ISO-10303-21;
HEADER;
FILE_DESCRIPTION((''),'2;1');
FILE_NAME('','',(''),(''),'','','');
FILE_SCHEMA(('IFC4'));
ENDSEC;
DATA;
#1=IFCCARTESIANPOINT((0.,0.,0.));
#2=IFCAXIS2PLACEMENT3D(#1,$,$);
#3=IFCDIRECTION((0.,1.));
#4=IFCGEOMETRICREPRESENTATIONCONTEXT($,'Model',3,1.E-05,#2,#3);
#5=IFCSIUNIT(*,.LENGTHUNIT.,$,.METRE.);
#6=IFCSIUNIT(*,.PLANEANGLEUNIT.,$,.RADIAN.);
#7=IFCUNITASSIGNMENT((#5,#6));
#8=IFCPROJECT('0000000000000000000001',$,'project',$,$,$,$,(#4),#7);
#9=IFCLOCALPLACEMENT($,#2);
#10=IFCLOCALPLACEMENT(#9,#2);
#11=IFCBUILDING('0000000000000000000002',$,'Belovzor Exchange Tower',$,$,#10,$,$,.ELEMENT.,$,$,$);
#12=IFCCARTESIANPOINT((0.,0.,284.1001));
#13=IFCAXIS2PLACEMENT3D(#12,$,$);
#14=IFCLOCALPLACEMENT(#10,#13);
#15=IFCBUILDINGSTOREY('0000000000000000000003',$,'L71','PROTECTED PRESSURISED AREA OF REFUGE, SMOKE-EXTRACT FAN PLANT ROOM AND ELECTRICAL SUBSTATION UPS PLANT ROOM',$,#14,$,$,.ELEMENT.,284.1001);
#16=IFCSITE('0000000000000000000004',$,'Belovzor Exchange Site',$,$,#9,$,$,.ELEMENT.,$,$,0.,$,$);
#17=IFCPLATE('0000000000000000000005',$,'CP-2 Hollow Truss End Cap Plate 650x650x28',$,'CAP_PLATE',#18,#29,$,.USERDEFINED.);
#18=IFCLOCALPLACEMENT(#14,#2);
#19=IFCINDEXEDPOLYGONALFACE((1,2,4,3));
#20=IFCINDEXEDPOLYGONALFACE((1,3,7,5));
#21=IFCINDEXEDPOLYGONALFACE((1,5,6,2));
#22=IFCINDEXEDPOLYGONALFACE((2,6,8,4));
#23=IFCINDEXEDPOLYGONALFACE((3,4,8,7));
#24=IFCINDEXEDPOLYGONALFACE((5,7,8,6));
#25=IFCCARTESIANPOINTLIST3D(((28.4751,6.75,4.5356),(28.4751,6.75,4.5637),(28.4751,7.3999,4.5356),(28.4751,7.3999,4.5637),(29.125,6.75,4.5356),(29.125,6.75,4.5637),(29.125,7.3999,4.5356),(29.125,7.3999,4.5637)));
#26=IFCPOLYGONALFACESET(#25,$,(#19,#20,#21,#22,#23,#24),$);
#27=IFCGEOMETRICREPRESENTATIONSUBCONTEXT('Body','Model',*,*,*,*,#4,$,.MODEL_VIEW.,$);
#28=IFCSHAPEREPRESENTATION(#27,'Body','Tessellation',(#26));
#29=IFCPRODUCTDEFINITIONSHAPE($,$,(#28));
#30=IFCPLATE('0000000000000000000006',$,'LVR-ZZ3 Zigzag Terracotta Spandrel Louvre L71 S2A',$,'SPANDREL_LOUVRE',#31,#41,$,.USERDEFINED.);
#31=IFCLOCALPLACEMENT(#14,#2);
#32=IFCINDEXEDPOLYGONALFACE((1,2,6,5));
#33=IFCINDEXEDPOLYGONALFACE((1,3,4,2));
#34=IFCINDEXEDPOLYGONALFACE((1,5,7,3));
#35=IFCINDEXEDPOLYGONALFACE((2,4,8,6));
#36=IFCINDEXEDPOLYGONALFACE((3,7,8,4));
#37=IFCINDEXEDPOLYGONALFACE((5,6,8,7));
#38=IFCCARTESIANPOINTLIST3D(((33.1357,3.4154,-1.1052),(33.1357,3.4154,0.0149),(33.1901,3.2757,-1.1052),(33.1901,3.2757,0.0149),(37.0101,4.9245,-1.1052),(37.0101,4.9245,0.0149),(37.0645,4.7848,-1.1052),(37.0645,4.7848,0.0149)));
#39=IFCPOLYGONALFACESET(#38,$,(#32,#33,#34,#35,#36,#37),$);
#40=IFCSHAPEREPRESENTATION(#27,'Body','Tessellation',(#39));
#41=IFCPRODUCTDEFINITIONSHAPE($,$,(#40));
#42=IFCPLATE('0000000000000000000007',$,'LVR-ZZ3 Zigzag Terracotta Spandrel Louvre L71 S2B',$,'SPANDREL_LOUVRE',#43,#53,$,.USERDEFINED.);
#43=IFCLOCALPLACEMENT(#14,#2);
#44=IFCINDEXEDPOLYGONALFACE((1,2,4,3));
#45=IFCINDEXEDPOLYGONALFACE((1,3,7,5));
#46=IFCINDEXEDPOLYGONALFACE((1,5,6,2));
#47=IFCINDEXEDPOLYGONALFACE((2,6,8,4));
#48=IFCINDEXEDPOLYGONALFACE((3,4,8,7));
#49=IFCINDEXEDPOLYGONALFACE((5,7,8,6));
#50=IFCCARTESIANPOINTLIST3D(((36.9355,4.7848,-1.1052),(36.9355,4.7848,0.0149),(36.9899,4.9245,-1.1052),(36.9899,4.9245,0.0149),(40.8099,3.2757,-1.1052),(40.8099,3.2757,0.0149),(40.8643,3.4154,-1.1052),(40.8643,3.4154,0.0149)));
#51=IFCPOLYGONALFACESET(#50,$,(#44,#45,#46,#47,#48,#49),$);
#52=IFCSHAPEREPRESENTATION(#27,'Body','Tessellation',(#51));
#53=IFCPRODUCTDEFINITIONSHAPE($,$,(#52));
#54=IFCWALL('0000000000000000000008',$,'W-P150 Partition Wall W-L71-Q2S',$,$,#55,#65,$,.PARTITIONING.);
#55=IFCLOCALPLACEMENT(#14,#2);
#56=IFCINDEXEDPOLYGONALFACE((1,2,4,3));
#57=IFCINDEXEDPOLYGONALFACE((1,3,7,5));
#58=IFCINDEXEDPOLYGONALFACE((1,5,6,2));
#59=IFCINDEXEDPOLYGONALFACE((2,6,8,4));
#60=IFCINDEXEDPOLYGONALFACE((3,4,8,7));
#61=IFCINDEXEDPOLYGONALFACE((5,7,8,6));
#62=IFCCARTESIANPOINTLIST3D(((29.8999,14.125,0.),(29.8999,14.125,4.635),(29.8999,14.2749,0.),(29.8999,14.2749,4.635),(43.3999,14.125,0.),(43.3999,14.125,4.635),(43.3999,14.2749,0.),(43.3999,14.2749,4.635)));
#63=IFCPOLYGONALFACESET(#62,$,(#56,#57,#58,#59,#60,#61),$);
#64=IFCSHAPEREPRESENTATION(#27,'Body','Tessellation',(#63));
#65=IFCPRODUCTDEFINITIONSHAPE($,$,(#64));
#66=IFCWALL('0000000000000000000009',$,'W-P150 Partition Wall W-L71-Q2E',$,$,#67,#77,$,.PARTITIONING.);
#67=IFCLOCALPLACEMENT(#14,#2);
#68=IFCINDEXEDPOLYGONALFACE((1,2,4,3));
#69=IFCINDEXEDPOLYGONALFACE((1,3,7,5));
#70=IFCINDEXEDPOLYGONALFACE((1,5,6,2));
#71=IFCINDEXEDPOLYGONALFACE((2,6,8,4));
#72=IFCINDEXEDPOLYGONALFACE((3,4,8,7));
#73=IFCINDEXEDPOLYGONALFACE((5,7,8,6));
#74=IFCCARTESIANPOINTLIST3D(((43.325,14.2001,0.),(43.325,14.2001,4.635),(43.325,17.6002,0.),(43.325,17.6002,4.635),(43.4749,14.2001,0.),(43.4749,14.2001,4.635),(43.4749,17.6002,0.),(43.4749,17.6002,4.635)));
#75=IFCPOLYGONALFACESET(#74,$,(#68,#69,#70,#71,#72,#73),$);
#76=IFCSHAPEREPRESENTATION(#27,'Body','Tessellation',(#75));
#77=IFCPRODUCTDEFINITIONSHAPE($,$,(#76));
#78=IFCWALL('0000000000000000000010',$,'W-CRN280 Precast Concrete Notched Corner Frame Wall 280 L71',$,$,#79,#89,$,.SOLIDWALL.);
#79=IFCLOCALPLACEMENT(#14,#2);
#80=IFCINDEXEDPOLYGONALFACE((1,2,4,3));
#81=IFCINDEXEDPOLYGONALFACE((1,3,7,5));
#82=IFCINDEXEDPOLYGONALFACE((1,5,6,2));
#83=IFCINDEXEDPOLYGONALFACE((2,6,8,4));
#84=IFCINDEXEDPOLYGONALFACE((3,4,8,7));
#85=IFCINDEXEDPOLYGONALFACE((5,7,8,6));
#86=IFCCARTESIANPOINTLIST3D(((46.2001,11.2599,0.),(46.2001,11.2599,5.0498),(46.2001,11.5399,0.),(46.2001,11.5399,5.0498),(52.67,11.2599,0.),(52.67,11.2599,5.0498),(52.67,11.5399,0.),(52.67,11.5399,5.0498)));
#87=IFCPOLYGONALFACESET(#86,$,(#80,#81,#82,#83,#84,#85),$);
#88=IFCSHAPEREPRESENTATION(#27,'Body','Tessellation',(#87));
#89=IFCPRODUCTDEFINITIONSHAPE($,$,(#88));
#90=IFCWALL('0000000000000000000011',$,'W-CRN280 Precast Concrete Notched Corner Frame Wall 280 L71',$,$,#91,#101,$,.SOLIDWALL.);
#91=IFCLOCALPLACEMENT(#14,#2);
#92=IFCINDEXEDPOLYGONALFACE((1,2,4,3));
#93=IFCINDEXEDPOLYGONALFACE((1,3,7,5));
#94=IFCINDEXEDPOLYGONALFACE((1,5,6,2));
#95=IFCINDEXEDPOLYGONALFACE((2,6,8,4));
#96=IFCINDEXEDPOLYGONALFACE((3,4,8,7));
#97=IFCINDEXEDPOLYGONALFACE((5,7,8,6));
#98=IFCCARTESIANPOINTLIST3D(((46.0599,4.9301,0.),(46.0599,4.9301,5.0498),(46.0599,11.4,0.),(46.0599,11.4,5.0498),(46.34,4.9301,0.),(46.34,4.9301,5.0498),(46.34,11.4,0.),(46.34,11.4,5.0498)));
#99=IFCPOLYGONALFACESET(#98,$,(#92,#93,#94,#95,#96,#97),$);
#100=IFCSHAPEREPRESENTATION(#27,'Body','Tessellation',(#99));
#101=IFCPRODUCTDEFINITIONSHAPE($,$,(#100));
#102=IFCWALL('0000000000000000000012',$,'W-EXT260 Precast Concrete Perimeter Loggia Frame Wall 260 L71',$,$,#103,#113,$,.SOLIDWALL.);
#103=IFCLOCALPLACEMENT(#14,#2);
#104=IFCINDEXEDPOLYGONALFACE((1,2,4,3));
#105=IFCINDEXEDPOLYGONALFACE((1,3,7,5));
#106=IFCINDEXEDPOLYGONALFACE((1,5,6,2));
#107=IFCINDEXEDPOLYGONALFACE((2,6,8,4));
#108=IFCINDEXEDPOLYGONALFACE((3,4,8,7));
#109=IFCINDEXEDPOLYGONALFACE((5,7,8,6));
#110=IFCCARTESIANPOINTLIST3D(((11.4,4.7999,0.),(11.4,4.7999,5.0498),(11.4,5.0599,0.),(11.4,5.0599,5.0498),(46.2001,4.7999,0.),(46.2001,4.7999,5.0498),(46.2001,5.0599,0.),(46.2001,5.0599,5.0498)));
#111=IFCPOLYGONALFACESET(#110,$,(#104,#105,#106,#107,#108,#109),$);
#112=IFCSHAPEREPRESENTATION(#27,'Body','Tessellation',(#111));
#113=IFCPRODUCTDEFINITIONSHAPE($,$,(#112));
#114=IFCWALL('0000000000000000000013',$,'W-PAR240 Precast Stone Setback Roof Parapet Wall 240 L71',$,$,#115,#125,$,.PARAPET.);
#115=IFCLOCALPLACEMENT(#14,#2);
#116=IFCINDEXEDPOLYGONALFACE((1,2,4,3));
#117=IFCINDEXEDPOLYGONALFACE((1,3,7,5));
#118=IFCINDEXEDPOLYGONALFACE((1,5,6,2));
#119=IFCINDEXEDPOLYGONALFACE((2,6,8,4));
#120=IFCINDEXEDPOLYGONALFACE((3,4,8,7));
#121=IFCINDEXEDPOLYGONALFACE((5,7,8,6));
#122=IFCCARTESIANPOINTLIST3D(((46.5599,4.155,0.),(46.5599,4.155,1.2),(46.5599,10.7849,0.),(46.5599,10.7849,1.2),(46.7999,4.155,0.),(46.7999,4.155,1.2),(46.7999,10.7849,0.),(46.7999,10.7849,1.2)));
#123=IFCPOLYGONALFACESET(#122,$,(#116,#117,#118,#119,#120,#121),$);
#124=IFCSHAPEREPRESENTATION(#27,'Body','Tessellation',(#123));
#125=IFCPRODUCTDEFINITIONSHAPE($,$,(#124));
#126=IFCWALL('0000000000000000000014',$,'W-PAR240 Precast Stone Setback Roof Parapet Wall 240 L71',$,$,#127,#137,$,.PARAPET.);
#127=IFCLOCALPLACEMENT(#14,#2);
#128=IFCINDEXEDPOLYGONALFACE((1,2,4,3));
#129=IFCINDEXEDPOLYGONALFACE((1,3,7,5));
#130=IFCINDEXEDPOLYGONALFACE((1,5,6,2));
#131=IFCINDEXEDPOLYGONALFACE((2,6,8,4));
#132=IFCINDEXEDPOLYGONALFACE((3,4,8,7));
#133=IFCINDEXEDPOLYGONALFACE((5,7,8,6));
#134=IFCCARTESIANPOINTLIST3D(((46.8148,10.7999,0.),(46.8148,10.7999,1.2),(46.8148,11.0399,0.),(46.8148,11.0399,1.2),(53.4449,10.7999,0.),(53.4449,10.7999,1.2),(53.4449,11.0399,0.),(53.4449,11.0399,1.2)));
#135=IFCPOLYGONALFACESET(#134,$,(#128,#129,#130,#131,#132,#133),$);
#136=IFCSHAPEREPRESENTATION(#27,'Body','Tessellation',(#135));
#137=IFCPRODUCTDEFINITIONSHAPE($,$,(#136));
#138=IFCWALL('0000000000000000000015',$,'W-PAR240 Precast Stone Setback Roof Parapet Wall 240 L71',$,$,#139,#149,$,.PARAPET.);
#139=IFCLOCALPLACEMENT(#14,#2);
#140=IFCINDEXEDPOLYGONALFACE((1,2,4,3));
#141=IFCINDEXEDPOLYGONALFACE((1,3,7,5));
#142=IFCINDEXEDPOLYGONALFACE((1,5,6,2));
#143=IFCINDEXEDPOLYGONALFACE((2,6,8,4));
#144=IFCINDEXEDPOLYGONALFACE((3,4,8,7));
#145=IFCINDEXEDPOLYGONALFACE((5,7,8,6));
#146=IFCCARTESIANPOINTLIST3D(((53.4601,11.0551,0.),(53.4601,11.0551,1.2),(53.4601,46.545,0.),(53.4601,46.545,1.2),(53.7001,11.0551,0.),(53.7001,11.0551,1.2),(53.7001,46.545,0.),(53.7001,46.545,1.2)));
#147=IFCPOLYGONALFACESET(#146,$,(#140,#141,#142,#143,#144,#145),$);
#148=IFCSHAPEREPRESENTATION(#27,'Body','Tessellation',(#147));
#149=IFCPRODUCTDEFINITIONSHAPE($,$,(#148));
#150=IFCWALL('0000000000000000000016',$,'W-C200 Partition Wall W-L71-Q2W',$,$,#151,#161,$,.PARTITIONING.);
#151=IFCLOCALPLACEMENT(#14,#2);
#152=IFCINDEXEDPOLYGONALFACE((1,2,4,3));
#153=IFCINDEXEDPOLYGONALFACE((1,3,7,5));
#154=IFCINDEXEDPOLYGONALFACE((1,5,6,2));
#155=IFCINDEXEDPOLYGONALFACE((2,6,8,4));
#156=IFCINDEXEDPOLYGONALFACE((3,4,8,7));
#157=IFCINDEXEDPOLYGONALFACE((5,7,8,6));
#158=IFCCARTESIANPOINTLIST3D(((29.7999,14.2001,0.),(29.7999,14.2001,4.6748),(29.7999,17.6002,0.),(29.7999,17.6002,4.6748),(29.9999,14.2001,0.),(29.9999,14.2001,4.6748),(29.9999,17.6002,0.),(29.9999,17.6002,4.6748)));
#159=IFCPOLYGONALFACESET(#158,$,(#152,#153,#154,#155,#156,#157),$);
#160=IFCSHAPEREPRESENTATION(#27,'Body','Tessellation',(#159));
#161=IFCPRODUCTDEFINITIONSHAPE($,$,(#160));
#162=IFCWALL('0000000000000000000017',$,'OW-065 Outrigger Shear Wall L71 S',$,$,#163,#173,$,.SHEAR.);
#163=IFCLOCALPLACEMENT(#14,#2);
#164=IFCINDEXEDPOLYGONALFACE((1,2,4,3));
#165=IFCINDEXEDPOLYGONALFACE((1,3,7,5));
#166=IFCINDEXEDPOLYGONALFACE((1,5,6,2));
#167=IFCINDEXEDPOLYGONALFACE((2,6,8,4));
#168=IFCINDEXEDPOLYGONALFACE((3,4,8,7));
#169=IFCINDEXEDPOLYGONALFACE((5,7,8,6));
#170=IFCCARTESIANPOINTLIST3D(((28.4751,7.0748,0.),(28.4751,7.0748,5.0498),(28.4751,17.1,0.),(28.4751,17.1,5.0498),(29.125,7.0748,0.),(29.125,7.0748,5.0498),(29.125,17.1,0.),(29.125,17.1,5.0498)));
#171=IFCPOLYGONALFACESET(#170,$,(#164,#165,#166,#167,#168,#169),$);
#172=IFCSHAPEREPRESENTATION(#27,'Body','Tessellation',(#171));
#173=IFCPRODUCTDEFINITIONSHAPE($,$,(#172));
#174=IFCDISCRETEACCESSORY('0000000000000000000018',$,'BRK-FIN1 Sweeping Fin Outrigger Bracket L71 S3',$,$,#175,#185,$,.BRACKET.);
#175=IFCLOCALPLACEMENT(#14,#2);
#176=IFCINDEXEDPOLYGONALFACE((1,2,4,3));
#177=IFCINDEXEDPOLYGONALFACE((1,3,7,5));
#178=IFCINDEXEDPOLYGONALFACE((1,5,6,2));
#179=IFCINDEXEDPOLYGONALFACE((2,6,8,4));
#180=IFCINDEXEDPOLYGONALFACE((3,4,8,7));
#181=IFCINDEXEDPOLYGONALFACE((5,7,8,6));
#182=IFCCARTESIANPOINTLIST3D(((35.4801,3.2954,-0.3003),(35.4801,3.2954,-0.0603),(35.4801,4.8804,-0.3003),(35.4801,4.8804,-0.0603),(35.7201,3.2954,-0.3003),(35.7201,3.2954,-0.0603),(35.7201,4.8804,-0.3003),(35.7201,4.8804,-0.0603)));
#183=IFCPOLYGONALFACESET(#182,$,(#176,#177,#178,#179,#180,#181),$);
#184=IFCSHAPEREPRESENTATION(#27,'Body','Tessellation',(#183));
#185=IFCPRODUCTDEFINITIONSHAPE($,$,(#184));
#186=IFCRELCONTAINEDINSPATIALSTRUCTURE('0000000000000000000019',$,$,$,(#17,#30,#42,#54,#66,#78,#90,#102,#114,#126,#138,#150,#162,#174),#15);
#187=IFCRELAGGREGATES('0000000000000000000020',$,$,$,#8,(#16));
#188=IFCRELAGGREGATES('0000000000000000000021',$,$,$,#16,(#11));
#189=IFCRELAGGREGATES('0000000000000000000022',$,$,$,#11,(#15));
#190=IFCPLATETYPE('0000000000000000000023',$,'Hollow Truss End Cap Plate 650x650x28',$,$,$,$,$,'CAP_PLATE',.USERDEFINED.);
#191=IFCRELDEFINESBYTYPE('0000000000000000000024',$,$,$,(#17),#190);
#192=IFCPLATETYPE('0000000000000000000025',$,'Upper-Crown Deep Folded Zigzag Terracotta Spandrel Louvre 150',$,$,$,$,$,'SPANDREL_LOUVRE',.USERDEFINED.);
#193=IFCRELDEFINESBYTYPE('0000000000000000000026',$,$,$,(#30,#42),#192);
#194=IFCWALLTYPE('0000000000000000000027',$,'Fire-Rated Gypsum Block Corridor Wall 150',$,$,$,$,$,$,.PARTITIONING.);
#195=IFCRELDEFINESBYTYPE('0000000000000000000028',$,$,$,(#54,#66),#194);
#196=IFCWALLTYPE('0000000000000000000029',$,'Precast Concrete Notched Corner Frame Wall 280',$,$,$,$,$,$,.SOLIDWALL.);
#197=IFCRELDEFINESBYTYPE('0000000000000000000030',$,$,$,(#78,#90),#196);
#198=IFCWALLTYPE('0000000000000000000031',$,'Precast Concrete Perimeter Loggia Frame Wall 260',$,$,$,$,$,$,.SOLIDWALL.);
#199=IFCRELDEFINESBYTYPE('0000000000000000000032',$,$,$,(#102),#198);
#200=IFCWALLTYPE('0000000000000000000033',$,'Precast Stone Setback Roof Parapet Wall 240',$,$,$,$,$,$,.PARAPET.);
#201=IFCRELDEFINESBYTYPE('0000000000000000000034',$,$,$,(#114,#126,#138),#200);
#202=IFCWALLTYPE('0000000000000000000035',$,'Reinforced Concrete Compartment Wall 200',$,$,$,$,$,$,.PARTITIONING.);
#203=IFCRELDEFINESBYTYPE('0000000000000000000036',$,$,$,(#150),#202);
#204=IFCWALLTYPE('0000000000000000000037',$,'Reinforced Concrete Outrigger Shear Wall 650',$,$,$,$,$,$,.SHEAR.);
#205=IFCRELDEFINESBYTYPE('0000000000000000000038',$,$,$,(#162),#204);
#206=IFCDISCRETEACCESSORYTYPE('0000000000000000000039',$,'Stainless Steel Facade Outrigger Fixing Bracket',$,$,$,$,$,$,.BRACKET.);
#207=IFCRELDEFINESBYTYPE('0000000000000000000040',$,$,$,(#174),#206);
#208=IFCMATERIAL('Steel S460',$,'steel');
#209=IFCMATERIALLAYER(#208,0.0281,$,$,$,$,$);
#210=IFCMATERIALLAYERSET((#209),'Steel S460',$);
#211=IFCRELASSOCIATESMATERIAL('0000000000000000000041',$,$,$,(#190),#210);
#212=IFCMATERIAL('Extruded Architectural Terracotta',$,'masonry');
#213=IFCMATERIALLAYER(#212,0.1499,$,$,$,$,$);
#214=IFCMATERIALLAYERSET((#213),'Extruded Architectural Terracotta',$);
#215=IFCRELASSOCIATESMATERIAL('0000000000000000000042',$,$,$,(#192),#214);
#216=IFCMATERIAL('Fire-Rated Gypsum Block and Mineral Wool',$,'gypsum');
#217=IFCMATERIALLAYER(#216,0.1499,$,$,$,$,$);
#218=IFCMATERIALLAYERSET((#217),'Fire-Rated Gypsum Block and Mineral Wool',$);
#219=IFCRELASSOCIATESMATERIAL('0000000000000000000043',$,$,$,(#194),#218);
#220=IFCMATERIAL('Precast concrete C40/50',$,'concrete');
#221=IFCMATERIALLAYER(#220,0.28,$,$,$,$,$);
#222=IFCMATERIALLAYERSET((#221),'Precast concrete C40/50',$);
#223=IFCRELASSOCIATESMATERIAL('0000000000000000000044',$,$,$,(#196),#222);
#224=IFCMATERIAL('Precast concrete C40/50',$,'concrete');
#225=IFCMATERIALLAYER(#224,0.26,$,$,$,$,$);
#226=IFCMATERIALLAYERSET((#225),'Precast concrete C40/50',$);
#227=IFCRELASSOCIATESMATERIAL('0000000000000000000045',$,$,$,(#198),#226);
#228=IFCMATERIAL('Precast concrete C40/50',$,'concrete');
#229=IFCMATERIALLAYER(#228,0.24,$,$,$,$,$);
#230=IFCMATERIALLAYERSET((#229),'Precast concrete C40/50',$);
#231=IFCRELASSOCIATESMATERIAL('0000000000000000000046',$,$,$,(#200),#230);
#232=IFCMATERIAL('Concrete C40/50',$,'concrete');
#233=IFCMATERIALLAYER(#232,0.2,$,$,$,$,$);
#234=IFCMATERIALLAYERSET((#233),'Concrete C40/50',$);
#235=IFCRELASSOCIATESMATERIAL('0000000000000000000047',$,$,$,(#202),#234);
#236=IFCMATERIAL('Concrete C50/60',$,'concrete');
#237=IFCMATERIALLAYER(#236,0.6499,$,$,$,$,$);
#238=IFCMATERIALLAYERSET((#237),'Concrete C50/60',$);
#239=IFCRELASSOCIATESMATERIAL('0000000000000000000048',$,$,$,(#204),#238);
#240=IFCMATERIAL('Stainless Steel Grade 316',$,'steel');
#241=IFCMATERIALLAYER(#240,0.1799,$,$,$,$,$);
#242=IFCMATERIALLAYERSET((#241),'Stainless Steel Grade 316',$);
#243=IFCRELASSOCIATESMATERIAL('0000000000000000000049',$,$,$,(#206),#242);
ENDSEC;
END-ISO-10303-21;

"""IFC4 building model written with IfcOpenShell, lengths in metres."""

from ifc_helpers import new_model, si_unit, direction, frame, frame_2d, origin, origin_2d, place, context, subcontext, project, spatial, rectangle, extrude, material, layer, layer_set, type_object, element, save


model = new_model("IFC4")

# Units and contexts
model_context = context("Model", 3, precision=1e-05, world=origin(), true_north=direction((0.0, 1.0)))
body_context = subcontext(model_context, "Body", "Model", "MODEL_VIEW")
ifc_project = project(units=[si_unit("LENGTHUNIT", "METRE"), si_unit("PLANEANGLEUNIT", "RADIAN")], contexts=[model_context])

# Site, building, storey
site_placement = place(None, origin())
site = spatial("IfcSite", under=ifc_project, at=site_placement, Name="Belovzor Exchange Site", CompositionType="ELEMENT", RefElevation=0.0)
building_placement = place(site_placement, origin())
building = spatial("IfcBuilding", under=site, at=building_placement, Name="Belovzor Exchange Tower", CompositionType="ELEMENT")
storey_placement = place(building_placement, frame((0.0, 0.0, 284.1001)))
storey = spatial("IfcBuildingStorey", under=building, at=storey_placement, Name="L71", Description="PROTECTED PRESSURISED AREA OF REFUGE, SMOKE-EXTRACT FAN PLANT ROOM AND ELECTRICAL SUBSTATION UPS PLANT ROOM", CompositionType="ELEMENT", Elevation=284.1001)

# Plates
ifc_material_1 = material(Name="Steel S460", Category="steel")
ifc_layer_1 = layer(ifc_material_1, 0.0281)
ifc_layer_set_1 = layer_set([ifc_layer_1], Name="Steel S460")
plate_type_1 = type_object("IfcPlateType", Name="Hollow Truss End Cap Plate 650x650x28", ElementType="CAP_PLATE", PredefinedType="USERDEFINED", material=ifc_layer_set_1)
plate_1_placement = place(storey_placement, frame((28.8, 7.075, 4.5356), z_axis=(0.0, 0.0, 1.0), x_axis=(1.0, 0.0, 0.0)))
element("IfcPlate", 1, at=plate_1_placement, inside=storey, type_object=plate_type_1, Name="CP-2 Hollow Truss End Cap Plate 650x650x28", ObjectType="CAP_PLATE", PredefinedType="USERDEFINED", context=body_context, shape_type="SweptSolid", body=[
    extrude(rectangle(XDim=0.6499, YDim=0.6499, at=origin_2d()), origin(), (0.0, 0.0, 1.0), 0.0281),
])
ifc_material_2 = material(Name="Extruded Architectural Terracotta", Category="masonry")
ifc_layer_2 = layer(ifc_material_2, 0.1499)
ifc_layer_set_2 = layer_set([ifc_layer_2], Name="Extruded Architectural Terracotta")
plate_type_2 = type_object("IfcPlateType", Name="Upper-Crown Deep Folded Zigzag Terracotta Spandrel Louvre 150", ElementType="SPANDREL_LOUVRE", PredefinedType="USERDEFINED", material=ifc_layer_set_2)
for number, where, z_axis, x_axis, name in (
    (2, (35.1001, 4.1001, -1.1052), (0.0, 0.0, 1.0), (0.931818, 0.362926, 0.0), "LVR-ZZ3 Zigzag Terracotta Spandrel Louvre L71 S2A"),
    (3, (38.8999, 4.1001, -1.1052), (0.0, 0.0, 1.0), (0.931818, -0.362926, 0.0), "LVR-ZZ3 Zigzag Terracotta Spandrel Louvre L71 S2B"),
):
    element("IfcPlate", number, at=place(storey_placement, frame(where, z_axis=z_axis, x_axis=x_axis)), inside=storey, type_object=plate_type_2, Name=name, ObjectType="SPANDREL_LOUVRE", PredefinedType="USERDEFINED", context=body_context, shape_type="SweptSolid", body=[
        extrude(rectangle(XDim=4.158, YDim=0.1499, at=origin_2d()), origin(), (0.0, 0.0, 1.0), 1.1201),
    ])

# Walls
ifc_material_3 = material(Name="Fire-Rated Gypsum Block and Mineral Wool", Category="gypsum")
ifc_layer_3 = layer(ifc_material_3, 0.1499)
ifc_layer_set_3 = layer_set([ifc_layer_3], Name="Fire-Rated Gypsum Block and Mineral Wool")
wall_type_1 = type_object("IfcWallType", Name="Fire-Rated Gypsum Block Corridor Wall 150", PredefinedType="PARTITIONING", material=ifc_layer_set_3)
wall_1_placement = place(storey_placement, frame((29.8999, 14.2, 0.0), z_axis=(0.0, 0.0, 1.0), x_axis=(1.0, 0.0, 0.0)))
element("IfcWall", 4, at=wall_1_placement, inside=storey, type_object=wall_type_1, Name="W-P150 Partition Wall W-L71-Q2S", PredefinedType="PARTITIONING", context=body_context, shape_type="SweptSolid", body=[
    extrude(rectangle(XDim=13.5, YDim=0.1499, at=frame_2d((6.75, 0.0))), origin(), (0.0, 0.0, 1.0), 4.635),
])
wall_2_placement = place(storey_placement, frame((43.3999, 14.2, 0.0), z_axis=(0.0, 0.0, 1.0), x_axis=(0.0, 1.0, 0.0)))
element("IfcWall", 5, at=wall_2_placement, inside=storey, type_object=wall_type_1, Name="W-P150 Partition Wall W-L71-Q2E", PredefinedType="PARTITIONING", context=body_context, shape_type="SweptSolid", body=[
    extrude(rectangle(XDim=3.4001, YDim=0.1499, at=frame_2d((1.7002, 0.0))), origin(), (0.0, 0.0, 1.0), 4.635),
])
ifc_material_4 = material(Name="Precast concrete C40/50", Category="concrete")
ifc_layer_4 = layer(ifc_material_4, 0.28)
ifc_layer_set_4 = layer_set([ifc_layer_4], Name="Precast concrete C40/50")
wall_type_2 = type_object("IfcWallType", Name="Precast Concrete Notched Corner Frame Wall 280", PredefinedType="SOLIDWALL", material=ifc_layer_set_4)
for number, where, z_axis, x_axis, name in (
    (6, (52.6699, 11.3999, 0.0), (0.0, 0.0, 1.0), (-1.0, 0.0, 0.0), "W-CRN280 Precast Concrete Notched Corner Frame Wall 280 L71"),
    (7, (46.2, 11.3999, 0.0), (0.0, 0.0, 1.0), (0.0, -1.0, 0.0), "W-CRN280 Precast Concrete Notched Corner Frame Wall 280 L71"),
):
    element("IfcWall", number, at=place(storey_placement, frame(where, z_axis=z_axis, x_axis=x_axis)), inside=storey, type_object=wall_type_2, Name=name, PredefinedType="SOLIDWALL", context=body_context, shape_type="SweptSolid", body=[
        extrude(rectangle(XDim=6.47, YDim=0.28, at=frame_2d((3.2349, 0.0))), origin(), (0.0, 0.0, 1.0), 5.0498),
    ])
ifc_material_5 = material(Name="Precast concrete C40/50", Category="concrete")
ifc_layer_5 = layer(ifc_material_5, 0.26)
ifc_layer_set_5 = layer_set([ifc_layer_5], Name="Precast concrete C40/50")
wall_type_3 = type_object("IfcWallType", Name="Precast Concrete Perimeter Loggia Frame Wall 260", PredefinedType="SOLIDWALL", material=ifc_layer_set_5)
wall_3_placement = place(storey_placement, frame((46.2, 4.9299, 0.0), z_axis=(0.0, 0.0, 1.0), x_axis=(-1.0, 0.0, 0.0)))
element("IfcWall", 8, at=wall_3_placement, inside=storey, type_object=wall_type_3, Name="W-EXT260 Precast Concrete Perimeter Loggia Frame Wall 260 L71", PredefinedType="SOLIDWALL", context=body_context, shape_type="SweptSolid", body=[
    extrude(rectangle(XDim=34.8, YDim=0.26, at=frame_2d((17.3999, 0.0))), origin(), (0.0, 0.0, 1.0), 5.0498),
])
ifc_material_6 = material(Name="Precast concrete C40/50", Category="concrete")
ifc_layer_6 = layer(ifc_material_6, 0.24)
ifc_layer_set_6 = layer_set([ifc_layer_6], Name="Precast concrete C40/50")
wall_type_4 = type_object("IfcWallType", Name="Precast Stone Setback Roof Parapet Wall 240", PredefinedType="PARAPET", material=ifc_layer_set_6)
wall_4_placement = place(storey_placement, frame((46.6799, 4.155, 0.0), z_axis=(0.0, 0.0, 1.0), x_axis=(0.0, 1.0, 0.0)))
element("IfcWall", 9, at=wall_4_placement, inside=storey, type_object=wall_type_4, Name="W-PAR240 Precast Stone Setback Roof Parapet Wall 240 L71", PredefinedType="PARAPET", context=body_context, shape_type="SweptSolid", body=[
    extrude(rectangle(XDim=6.6299, YDim=0.24, at=frame_2d((3.3149, 0.0))), origin(), (0.0, 0.0, 1.0), 1.2),
])
wall_5_placement = place(storey_placement, frame((46.8149, 10.9199, 0.0), z_axis=(0.0, 0.0, 1.0), x_axis=(1.0, 0.0, 0.0)))
element("IfcWall", 10, at=wall_5_placement, inside=storey, type_object=wall_type_4, Name="W-PAR240 Precast Stone Setback Roof Parapet Wall 240 L71", PredefinedType="PARAPET", context=body_context, shape_type="SweptSolid", body=[
    extrude(rectangle(XDim=6.6301, YDim=0.24, at=frame_2d((3.3149, 0.0))), origin(), (0.0, 0.0, 1.0), 1.2),
])
wall_6_placement = place(storey_placement, frame((53.5801, 11.0549, 0.0), z_axis=(0.0, 0.0, 1.0), x_axis=(0.0, 1.0, 0.0)))
element("IfcWall", 11, at=wall_6_placement, inside=storey, type_object=wall_type_4, Name="W-PAR240 Precast Stone Setback Roof Parapet Wall 240 L71", PredefinedType="PARAPET", context=body_context, shape_type="SweptSolid", body=[
    extrude(rectangle(XDim=35.49, YDim=0.24, at=frame_2d((17.7451, 0.0))), origin(), (0.0, 0.0, 1.0), 1.2),
])
ifc_material_7 = material(Name="Concrete C40/50", Category="concrete")
ifc_layer_7 = layer(ifc_material_7, 0.2)
ifc_layer_set_7 = layer_set([ifc_layer_7], Name="Concrete C40/50")
wall_type_5 = type_object("IfcWallType", Name="Reinforced Concrete Compartment Wall 200", PredefinedType="PARTITIONING", material=ifc_layer_set_7)
wall_7_placement = place(storey_placement, frame((29.8999, 14.2, 0.0), z_axis=(0.0, 0.0, 1.0), x_axis=(0.0, 1.0, 0.0)))
element("IfcWall", 12, at=wall_7_placement, inside=storey, type_object=wall_type_5, Name="W-C200 Partition Wall W-L71-Q2W", PredefinedType="PARTITIONING", context=body_context, shape_type="SweptSolid", body=[
    extrude(rectangle(XDim=3.4001, YDim=0.2, at=frame_2d((1.7002, 0.0))), origin(), (0.0, 0.0, 1.0), 4.6748),
])
ifc_material_8 = material(Name="Concrete C50/60", Category="concrete")
ifc_layer_8 = layer(ifc_material_8, 0.6499)
ifc_layer_set_8 = layer_set([ifc_layer_8], Name="Concrete C50/60")
wall_type_6 = type_object("IfcWallType", Name="Reinforced Concrete Outrigger Shear Wall 650", PredefinedType="SHEAR", material=ifc_layer_set_8)
wall_8_placement = place(storey_placement, frame((28.8, 17.1001, 0.0), z_axis=(0.0, 0.0, 1.0), x_axis=(0.0, -1.0, 0.0)))
element("IfcWall", 13, at=wall_8_placement, inside=storey, type_object=wall_type_6, Name="OW-065 Outrigger Shear Wall L71 S", PredefinedType="SHEAR", context=body_context, shape_type="SweptSolid", body=[
    extrude(rectangle(XDim=10.0251, YDim=0.6499, at=frame_2d((5.0127, 0.0))), origin(), (0.0, 0.0, 1.0), 5.0498),
])

# Discrete accessory
ifc_material_9 = material(Name="Stainless Steel Grade 316", Category="steel")
ifc_layer_9 = layer(ifc_material_9, 0.1799)
ifc_layer_set_9 = layer_set([ifc_layer_9], Name="Stainless Steel Grade 316")
discrete_accessory_type = type_object("IfcDiscreteAccessoryType", Name="Stainless Steel Facade Outrigger Fixing Bracket", PredefinedType="BRACKET", material=ifc_layer_set_9)
for number, where, z_axis, x_axis, name in (
    (14, (35.6001, 4.0879, -0.3003), (0.0, 0.0, 1.0), (0.0, 1.0, 0.0), "BRK-FIN1 Sweeping Fin Outrigger Bracket L71 S3"),
):
    element("IfcDiscreteAccessory", number, at=place(storey_placement, frame(where, z_axis=z_axis, x_axis=x_axis)), inside=storey, type_object=discrete_accessory_type, Name=name, PredefinedType="BRACKET", context=body_context, shape_type="SweptSolid", body=[
        extrude(rectangle(XDim=1.585, YDim=0.24, at=origin_2d()), origin(), (0.0, 0.0, 1.0), 0.24),
    ])

save(model, "model.ifc")
